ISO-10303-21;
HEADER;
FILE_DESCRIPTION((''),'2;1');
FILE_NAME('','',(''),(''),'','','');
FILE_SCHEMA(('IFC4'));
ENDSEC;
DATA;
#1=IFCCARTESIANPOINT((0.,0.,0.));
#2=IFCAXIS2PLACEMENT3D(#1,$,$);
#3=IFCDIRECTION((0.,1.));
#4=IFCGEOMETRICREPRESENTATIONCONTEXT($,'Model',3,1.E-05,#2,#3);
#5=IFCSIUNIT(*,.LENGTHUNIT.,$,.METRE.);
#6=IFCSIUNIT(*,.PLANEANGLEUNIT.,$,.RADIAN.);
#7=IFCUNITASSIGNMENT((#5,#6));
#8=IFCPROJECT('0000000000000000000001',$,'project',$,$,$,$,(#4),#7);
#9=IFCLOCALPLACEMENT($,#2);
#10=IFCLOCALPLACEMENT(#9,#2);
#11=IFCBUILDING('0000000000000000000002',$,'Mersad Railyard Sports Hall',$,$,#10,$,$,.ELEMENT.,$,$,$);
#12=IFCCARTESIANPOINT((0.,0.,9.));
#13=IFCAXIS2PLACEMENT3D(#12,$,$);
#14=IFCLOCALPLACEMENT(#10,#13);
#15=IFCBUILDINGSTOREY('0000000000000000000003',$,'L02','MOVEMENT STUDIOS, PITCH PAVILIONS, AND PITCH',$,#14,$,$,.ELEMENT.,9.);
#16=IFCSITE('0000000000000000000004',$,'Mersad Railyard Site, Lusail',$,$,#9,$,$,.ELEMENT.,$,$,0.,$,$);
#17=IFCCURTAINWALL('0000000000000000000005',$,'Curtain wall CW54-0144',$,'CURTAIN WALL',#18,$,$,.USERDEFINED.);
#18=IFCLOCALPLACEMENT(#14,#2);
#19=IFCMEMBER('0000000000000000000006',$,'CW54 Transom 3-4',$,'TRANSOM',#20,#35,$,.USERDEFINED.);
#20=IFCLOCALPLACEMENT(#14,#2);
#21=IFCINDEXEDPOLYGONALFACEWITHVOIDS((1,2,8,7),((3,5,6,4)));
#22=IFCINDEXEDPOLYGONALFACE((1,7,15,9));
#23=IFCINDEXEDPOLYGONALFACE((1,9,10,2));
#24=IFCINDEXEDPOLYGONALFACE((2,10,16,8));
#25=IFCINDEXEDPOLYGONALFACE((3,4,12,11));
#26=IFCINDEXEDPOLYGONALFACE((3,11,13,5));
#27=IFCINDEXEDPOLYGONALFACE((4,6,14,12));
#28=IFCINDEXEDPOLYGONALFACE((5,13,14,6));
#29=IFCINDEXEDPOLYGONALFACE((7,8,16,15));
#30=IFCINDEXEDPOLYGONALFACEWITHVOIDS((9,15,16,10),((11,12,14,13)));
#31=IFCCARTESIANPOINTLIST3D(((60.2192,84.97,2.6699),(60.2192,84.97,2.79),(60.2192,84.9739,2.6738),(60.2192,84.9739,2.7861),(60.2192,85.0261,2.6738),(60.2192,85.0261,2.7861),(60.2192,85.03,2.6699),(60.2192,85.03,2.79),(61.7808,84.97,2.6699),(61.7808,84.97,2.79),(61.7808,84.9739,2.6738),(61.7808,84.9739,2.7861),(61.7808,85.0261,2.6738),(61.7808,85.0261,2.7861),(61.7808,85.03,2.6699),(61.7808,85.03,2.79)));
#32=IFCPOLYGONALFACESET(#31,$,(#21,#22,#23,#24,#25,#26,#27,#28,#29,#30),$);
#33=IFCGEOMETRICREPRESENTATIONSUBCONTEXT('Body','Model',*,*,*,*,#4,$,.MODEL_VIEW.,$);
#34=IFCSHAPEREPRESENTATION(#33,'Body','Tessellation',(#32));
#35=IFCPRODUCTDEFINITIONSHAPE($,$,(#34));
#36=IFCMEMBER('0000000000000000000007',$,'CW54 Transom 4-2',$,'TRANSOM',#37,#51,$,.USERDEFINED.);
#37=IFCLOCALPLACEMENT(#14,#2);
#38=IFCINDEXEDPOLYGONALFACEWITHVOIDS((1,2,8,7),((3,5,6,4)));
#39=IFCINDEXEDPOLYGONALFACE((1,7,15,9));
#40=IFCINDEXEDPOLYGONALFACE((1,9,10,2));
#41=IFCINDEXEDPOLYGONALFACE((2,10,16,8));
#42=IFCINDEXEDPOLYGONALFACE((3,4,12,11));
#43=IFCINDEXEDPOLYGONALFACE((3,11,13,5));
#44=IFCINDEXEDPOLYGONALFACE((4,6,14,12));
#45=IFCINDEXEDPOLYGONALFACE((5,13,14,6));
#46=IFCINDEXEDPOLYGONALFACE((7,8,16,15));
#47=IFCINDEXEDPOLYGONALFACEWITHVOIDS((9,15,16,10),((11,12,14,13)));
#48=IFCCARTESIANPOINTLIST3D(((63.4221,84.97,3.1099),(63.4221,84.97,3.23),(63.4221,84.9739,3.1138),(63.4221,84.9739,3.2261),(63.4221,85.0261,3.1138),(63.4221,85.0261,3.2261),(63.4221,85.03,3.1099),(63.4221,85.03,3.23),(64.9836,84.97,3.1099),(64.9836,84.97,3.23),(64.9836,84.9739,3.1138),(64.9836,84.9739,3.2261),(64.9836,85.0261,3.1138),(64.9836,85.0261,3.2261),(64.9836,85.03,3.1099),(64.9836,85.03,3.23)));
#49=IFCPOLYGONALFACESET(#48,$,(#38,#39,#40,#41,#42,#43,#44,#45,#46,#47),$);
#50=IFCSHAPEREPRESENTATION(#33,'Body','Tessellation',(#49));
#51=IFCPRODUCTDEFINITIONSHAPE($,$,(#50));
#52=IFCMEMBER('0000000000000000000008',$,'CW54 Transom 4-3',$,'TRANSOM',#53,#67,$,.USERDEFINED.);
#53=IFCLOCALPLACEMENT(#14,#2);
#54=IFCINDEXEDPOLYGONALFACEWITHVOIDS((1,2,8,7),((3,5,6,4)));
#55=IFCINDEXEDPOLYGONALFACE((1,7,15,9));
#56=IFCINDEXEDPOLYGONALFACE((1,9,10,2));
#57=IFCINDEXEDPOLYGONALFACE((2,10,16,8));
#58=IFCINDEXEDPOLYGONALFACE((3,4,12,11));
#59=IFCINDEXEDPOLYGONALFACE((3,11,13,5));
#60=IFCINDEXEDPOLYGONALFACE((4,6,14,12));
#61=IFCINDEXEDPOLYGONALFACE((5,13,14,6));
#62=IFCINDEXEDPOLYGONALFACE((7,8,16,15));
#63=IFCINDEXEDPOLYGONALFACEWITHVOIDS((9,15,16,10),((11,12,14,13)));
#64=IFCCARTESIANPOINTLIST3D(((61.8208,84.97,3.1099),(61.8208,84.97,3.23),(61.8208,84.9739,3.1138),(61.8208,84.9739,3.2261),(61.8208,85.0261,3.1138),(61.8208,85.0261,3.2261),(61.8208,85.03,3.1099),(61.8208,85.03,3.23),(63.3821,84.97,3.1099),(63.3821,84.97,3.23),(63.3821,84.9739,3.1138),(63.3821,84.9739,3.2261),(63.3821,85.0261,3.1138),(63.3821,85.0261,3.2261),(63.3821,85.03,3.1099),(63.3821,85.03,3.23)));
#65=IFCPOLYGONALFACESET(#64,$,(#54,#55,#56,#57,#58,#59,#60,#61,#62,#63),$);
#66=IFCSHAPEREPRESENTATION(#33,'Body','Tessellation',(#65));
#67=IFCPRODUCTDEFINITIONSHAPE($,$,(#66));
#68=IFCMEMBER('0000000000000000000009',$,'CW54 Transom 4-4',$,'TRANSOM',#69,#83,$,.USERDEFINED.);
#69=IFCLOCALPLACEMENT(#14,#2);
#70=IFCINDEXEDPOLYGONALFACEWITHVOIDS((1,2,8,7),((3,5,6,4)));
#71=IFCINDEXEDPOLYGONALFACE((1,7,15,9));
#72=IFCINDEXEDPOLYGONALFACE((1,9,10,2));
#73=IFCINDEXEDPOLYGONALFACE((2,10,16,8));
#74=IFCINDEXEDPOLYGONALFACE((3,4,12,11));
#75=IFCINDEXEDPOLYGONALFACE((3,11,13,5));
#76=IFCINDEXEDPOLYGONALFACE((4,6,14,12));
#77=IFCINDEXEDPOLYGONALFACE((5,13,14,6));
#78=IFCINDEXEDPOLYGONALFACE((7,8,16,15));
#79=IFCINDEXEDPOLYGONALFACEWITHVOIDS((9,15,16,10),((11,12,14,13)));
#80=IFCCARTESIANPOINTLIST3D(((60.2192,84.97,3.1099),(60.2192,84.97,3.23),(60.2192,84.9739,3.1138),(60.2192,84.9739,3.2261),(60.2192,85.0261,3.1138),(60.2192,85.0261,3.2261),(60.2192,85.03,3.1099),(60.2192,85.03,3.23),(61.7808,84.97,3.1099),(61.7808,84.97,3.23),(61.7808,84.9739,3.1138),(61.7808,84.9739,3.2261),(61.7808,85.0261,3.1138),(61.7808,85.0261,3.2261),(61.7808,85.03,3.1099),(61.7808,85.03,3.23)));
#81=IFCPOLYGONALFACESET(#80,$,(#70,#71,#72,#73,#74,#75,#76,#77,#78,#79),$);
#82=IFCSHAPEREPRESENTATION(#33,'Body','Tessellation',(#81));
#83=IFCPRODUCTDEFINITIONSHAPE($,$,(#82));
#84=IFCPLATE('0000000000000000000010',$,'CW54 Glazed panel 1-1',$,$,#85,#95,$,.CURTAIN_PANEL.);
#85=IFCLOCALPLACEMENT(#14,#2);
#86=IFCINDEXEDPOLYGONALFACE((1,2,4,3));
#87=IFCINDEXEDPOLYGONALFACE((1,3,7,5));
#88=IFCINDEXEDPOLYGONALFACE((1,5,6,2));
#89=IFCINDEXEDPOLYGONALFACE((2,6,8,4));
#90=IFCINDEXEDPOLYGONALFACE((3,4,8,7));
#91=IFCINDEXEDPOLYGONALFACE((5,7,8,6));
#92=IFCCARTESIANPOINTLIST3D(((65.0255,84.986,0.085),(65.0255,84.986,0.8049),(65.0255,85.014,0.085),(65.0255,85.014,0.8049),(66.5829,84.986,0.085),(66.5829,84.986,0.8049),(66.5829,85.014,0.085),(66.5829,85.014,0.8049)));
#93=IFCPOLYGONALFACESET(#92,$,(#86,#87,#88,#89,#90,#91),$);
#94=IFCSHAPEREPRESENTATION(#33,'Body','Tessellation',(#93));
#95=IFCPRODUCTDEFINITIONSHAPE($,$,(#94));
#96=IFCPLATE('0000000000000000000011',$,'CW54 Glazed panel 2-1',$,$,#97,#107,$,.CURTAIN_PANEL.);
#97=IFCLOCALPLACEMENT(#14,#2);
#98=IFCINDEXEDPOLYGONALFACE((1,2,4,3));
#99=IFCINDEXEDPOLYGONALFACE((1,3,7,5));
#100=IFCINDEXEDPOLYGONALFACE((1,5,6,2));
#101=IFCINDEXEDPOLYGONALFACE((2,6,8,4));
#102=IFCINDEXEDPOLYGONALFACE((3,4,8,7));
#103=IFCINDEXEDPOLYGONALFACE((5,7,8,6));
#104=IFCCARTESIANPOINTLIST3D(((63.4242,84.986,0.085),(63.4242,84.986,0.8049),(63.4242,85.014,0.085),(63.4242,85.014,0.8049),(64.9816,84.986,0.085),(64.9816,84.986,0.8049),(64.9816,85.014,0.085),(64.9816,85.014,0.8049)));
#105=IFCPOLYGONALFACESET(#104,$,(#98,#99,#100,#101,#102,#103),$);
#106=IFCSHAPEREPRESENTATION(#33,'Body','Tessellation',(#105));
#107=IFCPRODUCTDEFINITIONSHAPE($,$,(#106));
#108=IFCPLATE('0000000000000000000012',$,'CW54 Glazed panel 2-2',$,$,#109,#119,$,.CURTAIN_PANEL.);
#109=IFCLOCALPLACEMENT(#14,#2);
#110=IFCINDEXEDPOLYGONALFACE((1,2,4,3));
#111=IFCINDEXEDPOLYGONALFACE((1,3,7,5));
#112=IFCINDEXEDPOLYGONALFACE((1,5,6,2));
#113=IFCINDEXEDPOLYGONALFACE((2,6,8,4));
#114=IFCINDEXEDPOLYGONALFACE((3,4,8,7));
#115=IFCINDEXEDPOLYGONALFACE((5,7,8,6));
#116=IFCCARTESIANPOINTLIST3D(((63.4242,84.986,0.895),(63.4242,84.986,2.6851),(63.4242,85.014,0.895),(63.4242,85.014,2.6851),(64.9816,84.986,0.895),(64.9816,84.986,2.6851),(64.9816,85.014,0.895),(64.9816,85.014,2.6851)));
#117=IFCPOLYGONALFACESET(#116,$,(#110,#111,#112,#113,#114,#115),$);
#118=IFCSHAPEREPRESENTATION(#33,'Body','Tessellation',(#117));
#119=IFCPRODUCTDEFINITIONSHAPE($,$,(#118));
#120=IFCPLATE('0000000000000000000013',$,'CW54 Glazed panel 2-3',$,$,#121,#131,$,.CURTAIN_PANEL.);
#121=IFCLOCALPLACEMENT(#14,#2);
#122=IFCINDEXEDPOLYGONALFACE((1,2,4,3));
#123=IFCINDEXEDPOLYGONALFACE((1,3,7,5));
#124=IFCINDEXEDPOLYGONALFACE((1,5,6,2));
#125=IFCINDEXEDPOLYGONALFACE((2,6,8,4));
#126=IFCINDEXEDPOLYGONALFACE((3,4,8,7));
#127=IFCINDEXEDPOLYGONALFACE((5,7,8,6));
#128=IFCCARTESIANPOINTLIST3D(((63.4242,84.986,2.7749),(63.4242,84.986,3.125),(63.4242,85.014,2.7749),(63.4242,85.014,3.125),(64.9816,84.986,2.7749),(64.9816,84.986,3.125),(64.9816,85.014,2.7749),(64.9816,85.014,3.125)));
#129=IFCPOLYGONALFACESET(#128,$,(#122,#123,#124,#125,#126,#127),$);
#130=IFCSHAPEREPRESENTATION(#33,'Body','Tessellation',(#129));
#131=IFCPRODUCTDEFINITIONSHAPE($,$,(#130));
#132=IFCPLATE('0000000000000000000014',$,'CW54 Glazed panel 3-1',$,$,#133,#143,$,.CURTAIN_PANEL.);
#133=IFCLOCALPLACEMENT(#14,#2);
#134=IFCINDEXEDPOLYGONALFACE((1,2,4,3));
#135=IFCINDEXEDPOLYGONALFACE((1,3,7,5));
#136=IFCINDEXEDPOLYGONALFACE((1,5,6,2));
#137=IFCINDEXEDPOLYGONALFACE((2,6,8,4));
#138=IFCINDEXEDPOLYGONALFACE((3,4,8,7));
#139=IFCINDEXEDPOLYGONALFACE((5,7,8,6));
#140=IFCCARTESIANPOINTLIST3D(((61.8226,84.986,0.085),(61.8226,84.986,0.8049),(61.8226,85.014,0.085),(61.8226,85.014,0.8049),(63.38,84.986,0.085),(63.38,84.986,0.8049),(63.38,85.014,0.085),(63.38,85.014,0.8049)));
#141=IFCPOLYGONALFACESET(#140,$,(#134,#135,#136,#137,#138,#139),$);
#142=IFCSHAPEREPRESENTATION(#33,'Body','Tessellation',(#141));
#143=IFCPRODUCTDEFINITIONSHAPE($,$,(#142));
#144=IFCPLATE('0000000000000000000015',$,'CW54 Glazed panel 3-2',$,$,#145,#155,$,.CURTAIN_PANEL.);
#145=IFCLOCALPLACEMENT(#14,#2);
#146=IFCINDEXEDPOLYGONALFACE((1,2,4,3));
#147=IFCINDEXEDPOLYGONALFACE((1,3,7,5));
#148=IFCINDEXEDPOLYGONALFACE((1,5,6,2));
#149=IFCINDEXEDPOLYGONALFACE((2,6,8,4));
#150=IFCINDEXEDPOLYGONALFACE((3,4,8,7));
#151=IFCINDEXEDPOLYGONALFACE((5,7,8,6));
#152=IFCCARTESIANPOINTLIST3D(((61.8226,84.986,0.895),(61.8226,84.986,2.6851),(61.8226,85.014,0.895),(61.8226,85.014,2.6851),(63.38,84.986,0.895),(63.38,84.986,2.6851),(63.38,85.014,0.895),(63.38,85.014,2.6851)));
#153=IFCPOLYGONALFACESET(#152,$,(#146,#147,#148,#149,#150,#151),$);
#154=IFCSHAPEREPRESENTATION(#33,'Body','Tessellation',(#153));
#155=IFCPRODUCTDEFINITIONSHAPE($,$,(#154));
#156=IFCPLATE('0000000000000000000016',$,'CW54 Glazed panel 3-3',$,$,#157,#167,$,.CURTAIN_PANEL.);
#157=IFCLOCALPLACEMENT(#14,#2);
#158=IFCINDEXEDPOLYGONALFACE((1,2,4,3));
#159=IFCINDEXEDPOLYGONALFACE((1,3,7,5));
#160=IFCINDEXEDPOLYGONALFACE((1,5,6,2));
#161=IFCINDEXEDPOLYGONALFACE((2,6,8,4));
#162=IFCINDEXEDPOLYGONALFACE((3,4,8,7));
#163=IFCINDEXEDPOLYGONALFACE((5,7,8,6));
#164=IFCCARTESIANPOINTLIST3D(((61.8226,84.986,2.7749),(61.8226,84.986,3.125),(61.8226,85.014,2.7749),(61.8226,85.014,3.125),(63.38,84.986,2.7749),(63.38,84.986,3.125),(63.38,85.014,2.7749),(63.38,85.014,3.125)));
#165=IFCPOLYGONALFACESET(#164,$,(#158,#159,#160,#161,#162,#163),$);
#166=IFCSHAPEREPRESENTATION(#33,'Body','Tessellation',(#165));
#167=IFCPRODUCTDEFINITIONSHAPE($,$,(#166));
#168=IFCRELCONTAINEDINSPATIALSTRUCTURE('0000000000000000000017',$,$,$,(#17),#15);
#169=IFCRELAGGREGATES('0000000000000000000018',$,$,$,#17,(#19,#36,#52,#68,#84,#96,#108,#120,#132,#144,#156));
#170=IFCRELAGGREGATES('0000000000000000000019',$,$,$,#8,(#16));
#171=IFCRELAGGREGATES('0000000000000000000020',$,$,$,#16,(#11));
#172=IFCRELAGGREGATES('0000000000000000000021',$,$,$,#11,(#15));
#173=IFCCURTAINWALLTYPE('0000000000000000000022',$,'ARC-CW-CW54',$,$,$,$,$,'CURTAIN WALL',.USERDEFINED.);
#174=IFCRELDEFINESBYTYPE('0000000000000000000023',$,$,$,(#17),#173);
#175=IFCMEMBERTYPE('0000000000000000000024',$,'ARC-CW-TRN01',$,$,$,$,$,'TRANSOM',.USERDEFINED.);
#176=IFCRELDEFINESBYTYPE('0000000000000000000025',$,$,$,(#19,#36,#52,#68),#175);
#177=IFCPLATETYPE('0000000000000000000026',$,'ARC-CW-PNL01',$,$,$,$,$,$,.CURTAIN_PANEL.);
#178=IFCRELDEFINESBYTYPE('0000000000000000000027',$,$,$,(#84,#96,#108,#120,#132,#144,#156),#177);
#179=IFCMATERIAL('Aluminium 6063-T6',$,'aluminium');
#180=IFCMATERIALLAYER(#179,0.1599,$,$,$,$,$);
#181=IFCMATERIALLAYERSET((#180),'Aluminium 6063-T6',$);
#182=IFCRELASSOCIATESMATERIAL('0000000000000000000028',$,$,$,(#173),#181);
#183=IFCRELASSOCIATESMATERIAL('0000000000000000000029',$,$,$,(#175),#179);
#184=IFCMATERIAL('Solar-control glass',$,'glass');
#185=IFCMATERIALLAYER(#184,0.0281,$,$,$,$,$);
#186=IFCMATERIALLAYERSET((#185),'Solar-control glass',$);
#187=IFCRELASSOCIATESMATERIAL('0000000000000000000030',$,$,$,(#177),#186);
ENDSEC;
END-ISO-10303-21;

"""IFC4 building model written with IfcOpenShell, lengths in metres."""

from ifc_helpers import new_model, si_unit, direction, frame, origin, origin_2d, place, context, subcontext, project, spatial, rectangle, hollow_rectangle, extrude, material, layer, layer_set, material_profile, profile_set, type_object, element, aggregate, save


model = new_model("IFC4")

# Units and contexts
model_context = context("Model", 3, precision=1e-05, world=origin(), true_north=direction((0.0, 1.0)))
body_context = subcontext(model_context, "Body", "Model", "MODEL_VIEW")
ifc_project = project(units=[si_unit("LENGTHUNIT", "METRE"), si_unit("PLANEANGLEUNIT", "RADIAN")], contexts=[model_context])

# Site, building, storey
site_placement = place(None, origin())
site = spatial("IfcSite", under=ifc_project, at=site_placement, Name="Mersad Railyard Site, Lusail", CompositionType="ELEMENT", RefElevation=0.0)
building_placement = place(site_placement, origin())
building = spatial("IfcBuilding", under=site, at=building_placement, Name="Mersad Railyard Sports Hall", CompositionType="ELEMENT")
storey_placement = place(building_placement, frame((0.0, 0.0, 9.0)))
storey = spatial("IfcBuildingStorey", under=building, at=storey_placement, Name="L02", Description="MOVEMENT STUDIOS, PITCH PAVILIONS, AND PITCH", CompositionType="ELEMENT", Elevation=9.0)

# Curtain wall, members, plates
ifc_material_1 = material(Name="Aluminium 6063-T6", Category="aluminium")
ifc_layer_1 = layer(ifc_material_1, 0.1599)
ifc_layer_set_1 = layer_set([ifc_layer_1], Name="Aluminium 6063-T6")
curtain_wall_type = type_object("IfcCurtainWallType", Name="ARC-CW-CW54", ElementType="CURTAIN WALL", PredefinedType="USERDEFINED", material=ifc_layer_set_1)
curtain_wall_placement = place(storey_placement, origin())
curtain_wall = element("IfcCurtainWall", 1, at=curtain_wall_placement, inside=storey, type_object=curtain_wall_type, Name="Curtain wall CW54-0144", ObjectType="CURTAIN WALL", PredefinedType="USERDEFINED")
ifc_material_profile_1 = material_profile(ifc_material_1, hollow_rectangle(XDim=0.0601, YDim=0.1201, WallThickness=0.0039, at=origin_2d()), Name="AL TRANSOM 60x120x4")
ifc_profile_set_1 = profile_set([ifc_material_profile_1], Name="Aluminium 6063-T6")
member_type_1 = type_object("IfcMemberType", Name="ARC-CW-TRN01", ElementType="TRANSOM", PredefinedType="USERDEFINED", material=ifc_profile_set_1)
member_1_placement = place(storey_placement, frame((61.7808, 85.0, 2.73), z_axis=(-1.0, 0.0, 0.0), x_axis=(0.0, -1.0, 0.0)))
member_1 = element("IfcMember", 2, at=member_1_placement, type_object=member_type_1, Name="CW54 Transom 3-4", ObjectType="TRANSOM", PredefinedType="USERDEFINED", context=body_context, shape_type="SweptSolid", body=[
    extrude(hollow_rectangle(XDim=0.0601, YDim=0.1201, WallThickness=0.0039, at=origin_2d()), origin(), (0.0, 0.0, 1.0), 1.5615),
])
member_2_placement = place(storey_placement, frame((64.9836, 85.0, 3.1699), z_axis=(-1.0, 0.0, 0.0), x_axis=(0.0, -1.0, 0.0)))
member_2 = element("IfcMember", 3, at=member_2_placement, type_object=member_type_1, Name="CW54 Transom 4-2", ObjectType="TRANSOM", PredefinedType="USERDEFINED", context=body_context, shape_type="SweptSolid", body=[
    extrude(hollow_rectangle(XDim=0.0601, YDim=0.1201, WallThickness=0.0039, at=origin_2d()), origin(), (0.0, 0.0, 1.0), 1.5615),
])
member_3_placement = place(storey_placement, frame((63.3821, 85.0, 3.1699), z_axis=(-1.0, 0.0, 0.0), x_axis=(0.0, -1.0, 0.0)))
member_3 = element("IfcMember", 4, at=member_3_placement, type_object=member_type_1, Name="CW54 Transom 4-3", ObjectType="TRANSOM", PredefinedType="USERDEFINED", context=body_context, shape_type="SweptSolid", body=[
    extrude(hollow_rectangle(XDim=0.0601, YDim=0.1201, WallThickness=0.0039, at=origin_2d()), origin(), (0.0, 0.0, 1.0), 1.5613),
])
member_4_placement = place(storey_placement, frame((61.7808, 85.0, 3.1699), z_axis=(-1.0, 0.0, 0.0), x_axis=(0.0, -1.0, 0.0)))
member_4 = element("IfcMember", 5, at=member_4_placement, type_object=member_type_1, Name="CW54 Transom 4-4", ObjectType="TRANSOM", PredefinedType="USERDEFINED", context=body_context, shape_type="SweptSolid", body=[
    extrude(hollow_rectangle(XDim=0.0601, YDim=0.1201, WallThickness=0.0039, at=origin_2d()), origin(), (0.0, 0.0, 1.0), 1.5615),
])
ifc_material_2 = material(Name="Solar-control glass", Category="glass")
ifc_layer_2 = layer(ifc_material_2, 0.0281)
ifc_layer_set_2 = layer_set([ifc_layer_2], Name="Solar-control glass")
plate_type = type_object("IfcPlateType", Name="ARC-CW-PNL01", PredefinedType="CURTAIN_PANEL", material=ifc_layer_set_2)
plate_1_placement = place(storey_placement, frame((65.8042, 85.0, 0.085), z_axis=(0.0, 0.0, 1.0), x_axis=(-1.0, 0.0, 0.0)))
plate_1 = element("IfcPlate", 6, at=plate_1_placement, type_object=plate_type, Name="CW54 Glazed panel 1-1", PredefinedType="CURTAIN_PANEL", context=body_context, shape_type="SweptSolid", body=[
    extrude(rectangle(XDim=1.5574, YDim=0.0281, at=origin_2d()), origin(), (0.0, 0.0, 1.0), 0.72),
])
plate_2_placement = place(storey_placement, frame((64.2029, 85.0, 0.085), z_axis=(0.0, 0.0, 1.0), x_axis=(-1.0, 0.0, 0.0)))
plate_2 = element("IfcPlate", 7, at=plate_2_placement, type_object=plate_type, Name="CW54 Glazed panel 2-1", PredefinedType="CURTAIN_PANEL", context=body_context, shape_type="SweptSolid", body=[
    extrude(rectangle(XDim=1.5574, YDim=0.0281, at=origin_2d()), origin(), (0.0, 0.0, 1.0), 0.72),
])
plate_3_placement = place(storey_placement, frame((64.2029, 85.0, 0.895), z_axis=(0.0, 0.0, 1.0), x_axis=(-1.0, 0.0, 0.0)))
plate_3 = element("IfcPlate", 8, at=plate_3_placement, type_object=plate_type, Name="CW54 Glazed panel 2-2", PredefinedType="CURTAIN_PANEL", context=body_context, shape_type="SweptSolid", body=[
    extrude(rectangle(XDim=1.5574, YDim=0.0281, at=origin_2d()), origin(), (0.0, 0.0, 1.0), 1.79),
])
plate_4_placement = place(storey_placement, frame((64.2029, 85.0, 2.7749), z_axis=(0.0, 0.0, 1.0), x_axis=(-1.0, 0.0, 0.0)))
plate_4 = element("IfcPlate", 9, at=plate_4_placement, type_object=plate_type, Name="CW54 Glazed panel 2-3", PredefinedType="CURTAIN_PANEL", context=body_context, shape_type="SweptSolid", body=[
    extrude(rectangle(XDim=1.5574, YDim=0.0281, at=origin_2d()), origin(), (0.0, 0.0, 1.0), 0.3501),
])
plate_5_placement = place(storey_placement, frame((62.6013, 85.0, 0.085), z_axis=(0.0, 0.0, 1.0), x_axis=(-1.0, 0.0, 0.0)))
plate_5 = element("IfcPlate", 10, at=plate_5_placement, type_object=plate_type, Name="CW54 Glazed panel 3-1", PredefinedType="CURTAIN_PANEL", context=body_context, shape_type="SweptSolid", body=[
    extrude(rectangle(XDim=1.5574, YDim=0.0281, at=origin_2d()), origin(), (0.0, 0.0, 1.0), 0.72),
])
plate_6_placement = place(storey_placement, frame((62.6013, 85.0, 0.895), z_axis=(0.0, 0.0, 1.0), x_axis=(-1.0, 0.0, 0.0)))
plate_6 = element("IfcPlate", 11, at=plate_6_placement, type_object=plate_type, Name="CW54 Glazed panel 3-2", PredefinedType="CURTAIN_PANEL", context=body_context, shape_type="SweptSolid", body=[
    extrude(rectangle(XDim=1.5574, YDim=0.0281, at=origin_2d()), origin(), (0.0, 0.0, 1.0), 1.79),
])
plate_7_placement = place(storey_placement, frame((62.6013, 85.0, 2.7749), z_axis=(0.0, 0.0, 1.0), x_axis=(-1.0, 0.0, 0.0)))
plate_7 = element("IfcPlate", 12, at=plate_7_placement, type_object=plate_type, Name="CW54 Glazed panel 3-3", PredefinedType="CURTAIN_PANEL", context=body_context, shape_type="SweptSolid", body=[
    extrude(rectangle(XDim=1.5574, YDim=0.0281, at=origin_2d()), origin(), (0.0, 0.0, 1.0), 0.3501),
])
aggregate(curtain_wall, [member_1, member_2, member_3, member_4, plate_1, plate_2, plate_3, plate_4, plate_5, plate_6, plate_7])

save(model, "model.ifc")
